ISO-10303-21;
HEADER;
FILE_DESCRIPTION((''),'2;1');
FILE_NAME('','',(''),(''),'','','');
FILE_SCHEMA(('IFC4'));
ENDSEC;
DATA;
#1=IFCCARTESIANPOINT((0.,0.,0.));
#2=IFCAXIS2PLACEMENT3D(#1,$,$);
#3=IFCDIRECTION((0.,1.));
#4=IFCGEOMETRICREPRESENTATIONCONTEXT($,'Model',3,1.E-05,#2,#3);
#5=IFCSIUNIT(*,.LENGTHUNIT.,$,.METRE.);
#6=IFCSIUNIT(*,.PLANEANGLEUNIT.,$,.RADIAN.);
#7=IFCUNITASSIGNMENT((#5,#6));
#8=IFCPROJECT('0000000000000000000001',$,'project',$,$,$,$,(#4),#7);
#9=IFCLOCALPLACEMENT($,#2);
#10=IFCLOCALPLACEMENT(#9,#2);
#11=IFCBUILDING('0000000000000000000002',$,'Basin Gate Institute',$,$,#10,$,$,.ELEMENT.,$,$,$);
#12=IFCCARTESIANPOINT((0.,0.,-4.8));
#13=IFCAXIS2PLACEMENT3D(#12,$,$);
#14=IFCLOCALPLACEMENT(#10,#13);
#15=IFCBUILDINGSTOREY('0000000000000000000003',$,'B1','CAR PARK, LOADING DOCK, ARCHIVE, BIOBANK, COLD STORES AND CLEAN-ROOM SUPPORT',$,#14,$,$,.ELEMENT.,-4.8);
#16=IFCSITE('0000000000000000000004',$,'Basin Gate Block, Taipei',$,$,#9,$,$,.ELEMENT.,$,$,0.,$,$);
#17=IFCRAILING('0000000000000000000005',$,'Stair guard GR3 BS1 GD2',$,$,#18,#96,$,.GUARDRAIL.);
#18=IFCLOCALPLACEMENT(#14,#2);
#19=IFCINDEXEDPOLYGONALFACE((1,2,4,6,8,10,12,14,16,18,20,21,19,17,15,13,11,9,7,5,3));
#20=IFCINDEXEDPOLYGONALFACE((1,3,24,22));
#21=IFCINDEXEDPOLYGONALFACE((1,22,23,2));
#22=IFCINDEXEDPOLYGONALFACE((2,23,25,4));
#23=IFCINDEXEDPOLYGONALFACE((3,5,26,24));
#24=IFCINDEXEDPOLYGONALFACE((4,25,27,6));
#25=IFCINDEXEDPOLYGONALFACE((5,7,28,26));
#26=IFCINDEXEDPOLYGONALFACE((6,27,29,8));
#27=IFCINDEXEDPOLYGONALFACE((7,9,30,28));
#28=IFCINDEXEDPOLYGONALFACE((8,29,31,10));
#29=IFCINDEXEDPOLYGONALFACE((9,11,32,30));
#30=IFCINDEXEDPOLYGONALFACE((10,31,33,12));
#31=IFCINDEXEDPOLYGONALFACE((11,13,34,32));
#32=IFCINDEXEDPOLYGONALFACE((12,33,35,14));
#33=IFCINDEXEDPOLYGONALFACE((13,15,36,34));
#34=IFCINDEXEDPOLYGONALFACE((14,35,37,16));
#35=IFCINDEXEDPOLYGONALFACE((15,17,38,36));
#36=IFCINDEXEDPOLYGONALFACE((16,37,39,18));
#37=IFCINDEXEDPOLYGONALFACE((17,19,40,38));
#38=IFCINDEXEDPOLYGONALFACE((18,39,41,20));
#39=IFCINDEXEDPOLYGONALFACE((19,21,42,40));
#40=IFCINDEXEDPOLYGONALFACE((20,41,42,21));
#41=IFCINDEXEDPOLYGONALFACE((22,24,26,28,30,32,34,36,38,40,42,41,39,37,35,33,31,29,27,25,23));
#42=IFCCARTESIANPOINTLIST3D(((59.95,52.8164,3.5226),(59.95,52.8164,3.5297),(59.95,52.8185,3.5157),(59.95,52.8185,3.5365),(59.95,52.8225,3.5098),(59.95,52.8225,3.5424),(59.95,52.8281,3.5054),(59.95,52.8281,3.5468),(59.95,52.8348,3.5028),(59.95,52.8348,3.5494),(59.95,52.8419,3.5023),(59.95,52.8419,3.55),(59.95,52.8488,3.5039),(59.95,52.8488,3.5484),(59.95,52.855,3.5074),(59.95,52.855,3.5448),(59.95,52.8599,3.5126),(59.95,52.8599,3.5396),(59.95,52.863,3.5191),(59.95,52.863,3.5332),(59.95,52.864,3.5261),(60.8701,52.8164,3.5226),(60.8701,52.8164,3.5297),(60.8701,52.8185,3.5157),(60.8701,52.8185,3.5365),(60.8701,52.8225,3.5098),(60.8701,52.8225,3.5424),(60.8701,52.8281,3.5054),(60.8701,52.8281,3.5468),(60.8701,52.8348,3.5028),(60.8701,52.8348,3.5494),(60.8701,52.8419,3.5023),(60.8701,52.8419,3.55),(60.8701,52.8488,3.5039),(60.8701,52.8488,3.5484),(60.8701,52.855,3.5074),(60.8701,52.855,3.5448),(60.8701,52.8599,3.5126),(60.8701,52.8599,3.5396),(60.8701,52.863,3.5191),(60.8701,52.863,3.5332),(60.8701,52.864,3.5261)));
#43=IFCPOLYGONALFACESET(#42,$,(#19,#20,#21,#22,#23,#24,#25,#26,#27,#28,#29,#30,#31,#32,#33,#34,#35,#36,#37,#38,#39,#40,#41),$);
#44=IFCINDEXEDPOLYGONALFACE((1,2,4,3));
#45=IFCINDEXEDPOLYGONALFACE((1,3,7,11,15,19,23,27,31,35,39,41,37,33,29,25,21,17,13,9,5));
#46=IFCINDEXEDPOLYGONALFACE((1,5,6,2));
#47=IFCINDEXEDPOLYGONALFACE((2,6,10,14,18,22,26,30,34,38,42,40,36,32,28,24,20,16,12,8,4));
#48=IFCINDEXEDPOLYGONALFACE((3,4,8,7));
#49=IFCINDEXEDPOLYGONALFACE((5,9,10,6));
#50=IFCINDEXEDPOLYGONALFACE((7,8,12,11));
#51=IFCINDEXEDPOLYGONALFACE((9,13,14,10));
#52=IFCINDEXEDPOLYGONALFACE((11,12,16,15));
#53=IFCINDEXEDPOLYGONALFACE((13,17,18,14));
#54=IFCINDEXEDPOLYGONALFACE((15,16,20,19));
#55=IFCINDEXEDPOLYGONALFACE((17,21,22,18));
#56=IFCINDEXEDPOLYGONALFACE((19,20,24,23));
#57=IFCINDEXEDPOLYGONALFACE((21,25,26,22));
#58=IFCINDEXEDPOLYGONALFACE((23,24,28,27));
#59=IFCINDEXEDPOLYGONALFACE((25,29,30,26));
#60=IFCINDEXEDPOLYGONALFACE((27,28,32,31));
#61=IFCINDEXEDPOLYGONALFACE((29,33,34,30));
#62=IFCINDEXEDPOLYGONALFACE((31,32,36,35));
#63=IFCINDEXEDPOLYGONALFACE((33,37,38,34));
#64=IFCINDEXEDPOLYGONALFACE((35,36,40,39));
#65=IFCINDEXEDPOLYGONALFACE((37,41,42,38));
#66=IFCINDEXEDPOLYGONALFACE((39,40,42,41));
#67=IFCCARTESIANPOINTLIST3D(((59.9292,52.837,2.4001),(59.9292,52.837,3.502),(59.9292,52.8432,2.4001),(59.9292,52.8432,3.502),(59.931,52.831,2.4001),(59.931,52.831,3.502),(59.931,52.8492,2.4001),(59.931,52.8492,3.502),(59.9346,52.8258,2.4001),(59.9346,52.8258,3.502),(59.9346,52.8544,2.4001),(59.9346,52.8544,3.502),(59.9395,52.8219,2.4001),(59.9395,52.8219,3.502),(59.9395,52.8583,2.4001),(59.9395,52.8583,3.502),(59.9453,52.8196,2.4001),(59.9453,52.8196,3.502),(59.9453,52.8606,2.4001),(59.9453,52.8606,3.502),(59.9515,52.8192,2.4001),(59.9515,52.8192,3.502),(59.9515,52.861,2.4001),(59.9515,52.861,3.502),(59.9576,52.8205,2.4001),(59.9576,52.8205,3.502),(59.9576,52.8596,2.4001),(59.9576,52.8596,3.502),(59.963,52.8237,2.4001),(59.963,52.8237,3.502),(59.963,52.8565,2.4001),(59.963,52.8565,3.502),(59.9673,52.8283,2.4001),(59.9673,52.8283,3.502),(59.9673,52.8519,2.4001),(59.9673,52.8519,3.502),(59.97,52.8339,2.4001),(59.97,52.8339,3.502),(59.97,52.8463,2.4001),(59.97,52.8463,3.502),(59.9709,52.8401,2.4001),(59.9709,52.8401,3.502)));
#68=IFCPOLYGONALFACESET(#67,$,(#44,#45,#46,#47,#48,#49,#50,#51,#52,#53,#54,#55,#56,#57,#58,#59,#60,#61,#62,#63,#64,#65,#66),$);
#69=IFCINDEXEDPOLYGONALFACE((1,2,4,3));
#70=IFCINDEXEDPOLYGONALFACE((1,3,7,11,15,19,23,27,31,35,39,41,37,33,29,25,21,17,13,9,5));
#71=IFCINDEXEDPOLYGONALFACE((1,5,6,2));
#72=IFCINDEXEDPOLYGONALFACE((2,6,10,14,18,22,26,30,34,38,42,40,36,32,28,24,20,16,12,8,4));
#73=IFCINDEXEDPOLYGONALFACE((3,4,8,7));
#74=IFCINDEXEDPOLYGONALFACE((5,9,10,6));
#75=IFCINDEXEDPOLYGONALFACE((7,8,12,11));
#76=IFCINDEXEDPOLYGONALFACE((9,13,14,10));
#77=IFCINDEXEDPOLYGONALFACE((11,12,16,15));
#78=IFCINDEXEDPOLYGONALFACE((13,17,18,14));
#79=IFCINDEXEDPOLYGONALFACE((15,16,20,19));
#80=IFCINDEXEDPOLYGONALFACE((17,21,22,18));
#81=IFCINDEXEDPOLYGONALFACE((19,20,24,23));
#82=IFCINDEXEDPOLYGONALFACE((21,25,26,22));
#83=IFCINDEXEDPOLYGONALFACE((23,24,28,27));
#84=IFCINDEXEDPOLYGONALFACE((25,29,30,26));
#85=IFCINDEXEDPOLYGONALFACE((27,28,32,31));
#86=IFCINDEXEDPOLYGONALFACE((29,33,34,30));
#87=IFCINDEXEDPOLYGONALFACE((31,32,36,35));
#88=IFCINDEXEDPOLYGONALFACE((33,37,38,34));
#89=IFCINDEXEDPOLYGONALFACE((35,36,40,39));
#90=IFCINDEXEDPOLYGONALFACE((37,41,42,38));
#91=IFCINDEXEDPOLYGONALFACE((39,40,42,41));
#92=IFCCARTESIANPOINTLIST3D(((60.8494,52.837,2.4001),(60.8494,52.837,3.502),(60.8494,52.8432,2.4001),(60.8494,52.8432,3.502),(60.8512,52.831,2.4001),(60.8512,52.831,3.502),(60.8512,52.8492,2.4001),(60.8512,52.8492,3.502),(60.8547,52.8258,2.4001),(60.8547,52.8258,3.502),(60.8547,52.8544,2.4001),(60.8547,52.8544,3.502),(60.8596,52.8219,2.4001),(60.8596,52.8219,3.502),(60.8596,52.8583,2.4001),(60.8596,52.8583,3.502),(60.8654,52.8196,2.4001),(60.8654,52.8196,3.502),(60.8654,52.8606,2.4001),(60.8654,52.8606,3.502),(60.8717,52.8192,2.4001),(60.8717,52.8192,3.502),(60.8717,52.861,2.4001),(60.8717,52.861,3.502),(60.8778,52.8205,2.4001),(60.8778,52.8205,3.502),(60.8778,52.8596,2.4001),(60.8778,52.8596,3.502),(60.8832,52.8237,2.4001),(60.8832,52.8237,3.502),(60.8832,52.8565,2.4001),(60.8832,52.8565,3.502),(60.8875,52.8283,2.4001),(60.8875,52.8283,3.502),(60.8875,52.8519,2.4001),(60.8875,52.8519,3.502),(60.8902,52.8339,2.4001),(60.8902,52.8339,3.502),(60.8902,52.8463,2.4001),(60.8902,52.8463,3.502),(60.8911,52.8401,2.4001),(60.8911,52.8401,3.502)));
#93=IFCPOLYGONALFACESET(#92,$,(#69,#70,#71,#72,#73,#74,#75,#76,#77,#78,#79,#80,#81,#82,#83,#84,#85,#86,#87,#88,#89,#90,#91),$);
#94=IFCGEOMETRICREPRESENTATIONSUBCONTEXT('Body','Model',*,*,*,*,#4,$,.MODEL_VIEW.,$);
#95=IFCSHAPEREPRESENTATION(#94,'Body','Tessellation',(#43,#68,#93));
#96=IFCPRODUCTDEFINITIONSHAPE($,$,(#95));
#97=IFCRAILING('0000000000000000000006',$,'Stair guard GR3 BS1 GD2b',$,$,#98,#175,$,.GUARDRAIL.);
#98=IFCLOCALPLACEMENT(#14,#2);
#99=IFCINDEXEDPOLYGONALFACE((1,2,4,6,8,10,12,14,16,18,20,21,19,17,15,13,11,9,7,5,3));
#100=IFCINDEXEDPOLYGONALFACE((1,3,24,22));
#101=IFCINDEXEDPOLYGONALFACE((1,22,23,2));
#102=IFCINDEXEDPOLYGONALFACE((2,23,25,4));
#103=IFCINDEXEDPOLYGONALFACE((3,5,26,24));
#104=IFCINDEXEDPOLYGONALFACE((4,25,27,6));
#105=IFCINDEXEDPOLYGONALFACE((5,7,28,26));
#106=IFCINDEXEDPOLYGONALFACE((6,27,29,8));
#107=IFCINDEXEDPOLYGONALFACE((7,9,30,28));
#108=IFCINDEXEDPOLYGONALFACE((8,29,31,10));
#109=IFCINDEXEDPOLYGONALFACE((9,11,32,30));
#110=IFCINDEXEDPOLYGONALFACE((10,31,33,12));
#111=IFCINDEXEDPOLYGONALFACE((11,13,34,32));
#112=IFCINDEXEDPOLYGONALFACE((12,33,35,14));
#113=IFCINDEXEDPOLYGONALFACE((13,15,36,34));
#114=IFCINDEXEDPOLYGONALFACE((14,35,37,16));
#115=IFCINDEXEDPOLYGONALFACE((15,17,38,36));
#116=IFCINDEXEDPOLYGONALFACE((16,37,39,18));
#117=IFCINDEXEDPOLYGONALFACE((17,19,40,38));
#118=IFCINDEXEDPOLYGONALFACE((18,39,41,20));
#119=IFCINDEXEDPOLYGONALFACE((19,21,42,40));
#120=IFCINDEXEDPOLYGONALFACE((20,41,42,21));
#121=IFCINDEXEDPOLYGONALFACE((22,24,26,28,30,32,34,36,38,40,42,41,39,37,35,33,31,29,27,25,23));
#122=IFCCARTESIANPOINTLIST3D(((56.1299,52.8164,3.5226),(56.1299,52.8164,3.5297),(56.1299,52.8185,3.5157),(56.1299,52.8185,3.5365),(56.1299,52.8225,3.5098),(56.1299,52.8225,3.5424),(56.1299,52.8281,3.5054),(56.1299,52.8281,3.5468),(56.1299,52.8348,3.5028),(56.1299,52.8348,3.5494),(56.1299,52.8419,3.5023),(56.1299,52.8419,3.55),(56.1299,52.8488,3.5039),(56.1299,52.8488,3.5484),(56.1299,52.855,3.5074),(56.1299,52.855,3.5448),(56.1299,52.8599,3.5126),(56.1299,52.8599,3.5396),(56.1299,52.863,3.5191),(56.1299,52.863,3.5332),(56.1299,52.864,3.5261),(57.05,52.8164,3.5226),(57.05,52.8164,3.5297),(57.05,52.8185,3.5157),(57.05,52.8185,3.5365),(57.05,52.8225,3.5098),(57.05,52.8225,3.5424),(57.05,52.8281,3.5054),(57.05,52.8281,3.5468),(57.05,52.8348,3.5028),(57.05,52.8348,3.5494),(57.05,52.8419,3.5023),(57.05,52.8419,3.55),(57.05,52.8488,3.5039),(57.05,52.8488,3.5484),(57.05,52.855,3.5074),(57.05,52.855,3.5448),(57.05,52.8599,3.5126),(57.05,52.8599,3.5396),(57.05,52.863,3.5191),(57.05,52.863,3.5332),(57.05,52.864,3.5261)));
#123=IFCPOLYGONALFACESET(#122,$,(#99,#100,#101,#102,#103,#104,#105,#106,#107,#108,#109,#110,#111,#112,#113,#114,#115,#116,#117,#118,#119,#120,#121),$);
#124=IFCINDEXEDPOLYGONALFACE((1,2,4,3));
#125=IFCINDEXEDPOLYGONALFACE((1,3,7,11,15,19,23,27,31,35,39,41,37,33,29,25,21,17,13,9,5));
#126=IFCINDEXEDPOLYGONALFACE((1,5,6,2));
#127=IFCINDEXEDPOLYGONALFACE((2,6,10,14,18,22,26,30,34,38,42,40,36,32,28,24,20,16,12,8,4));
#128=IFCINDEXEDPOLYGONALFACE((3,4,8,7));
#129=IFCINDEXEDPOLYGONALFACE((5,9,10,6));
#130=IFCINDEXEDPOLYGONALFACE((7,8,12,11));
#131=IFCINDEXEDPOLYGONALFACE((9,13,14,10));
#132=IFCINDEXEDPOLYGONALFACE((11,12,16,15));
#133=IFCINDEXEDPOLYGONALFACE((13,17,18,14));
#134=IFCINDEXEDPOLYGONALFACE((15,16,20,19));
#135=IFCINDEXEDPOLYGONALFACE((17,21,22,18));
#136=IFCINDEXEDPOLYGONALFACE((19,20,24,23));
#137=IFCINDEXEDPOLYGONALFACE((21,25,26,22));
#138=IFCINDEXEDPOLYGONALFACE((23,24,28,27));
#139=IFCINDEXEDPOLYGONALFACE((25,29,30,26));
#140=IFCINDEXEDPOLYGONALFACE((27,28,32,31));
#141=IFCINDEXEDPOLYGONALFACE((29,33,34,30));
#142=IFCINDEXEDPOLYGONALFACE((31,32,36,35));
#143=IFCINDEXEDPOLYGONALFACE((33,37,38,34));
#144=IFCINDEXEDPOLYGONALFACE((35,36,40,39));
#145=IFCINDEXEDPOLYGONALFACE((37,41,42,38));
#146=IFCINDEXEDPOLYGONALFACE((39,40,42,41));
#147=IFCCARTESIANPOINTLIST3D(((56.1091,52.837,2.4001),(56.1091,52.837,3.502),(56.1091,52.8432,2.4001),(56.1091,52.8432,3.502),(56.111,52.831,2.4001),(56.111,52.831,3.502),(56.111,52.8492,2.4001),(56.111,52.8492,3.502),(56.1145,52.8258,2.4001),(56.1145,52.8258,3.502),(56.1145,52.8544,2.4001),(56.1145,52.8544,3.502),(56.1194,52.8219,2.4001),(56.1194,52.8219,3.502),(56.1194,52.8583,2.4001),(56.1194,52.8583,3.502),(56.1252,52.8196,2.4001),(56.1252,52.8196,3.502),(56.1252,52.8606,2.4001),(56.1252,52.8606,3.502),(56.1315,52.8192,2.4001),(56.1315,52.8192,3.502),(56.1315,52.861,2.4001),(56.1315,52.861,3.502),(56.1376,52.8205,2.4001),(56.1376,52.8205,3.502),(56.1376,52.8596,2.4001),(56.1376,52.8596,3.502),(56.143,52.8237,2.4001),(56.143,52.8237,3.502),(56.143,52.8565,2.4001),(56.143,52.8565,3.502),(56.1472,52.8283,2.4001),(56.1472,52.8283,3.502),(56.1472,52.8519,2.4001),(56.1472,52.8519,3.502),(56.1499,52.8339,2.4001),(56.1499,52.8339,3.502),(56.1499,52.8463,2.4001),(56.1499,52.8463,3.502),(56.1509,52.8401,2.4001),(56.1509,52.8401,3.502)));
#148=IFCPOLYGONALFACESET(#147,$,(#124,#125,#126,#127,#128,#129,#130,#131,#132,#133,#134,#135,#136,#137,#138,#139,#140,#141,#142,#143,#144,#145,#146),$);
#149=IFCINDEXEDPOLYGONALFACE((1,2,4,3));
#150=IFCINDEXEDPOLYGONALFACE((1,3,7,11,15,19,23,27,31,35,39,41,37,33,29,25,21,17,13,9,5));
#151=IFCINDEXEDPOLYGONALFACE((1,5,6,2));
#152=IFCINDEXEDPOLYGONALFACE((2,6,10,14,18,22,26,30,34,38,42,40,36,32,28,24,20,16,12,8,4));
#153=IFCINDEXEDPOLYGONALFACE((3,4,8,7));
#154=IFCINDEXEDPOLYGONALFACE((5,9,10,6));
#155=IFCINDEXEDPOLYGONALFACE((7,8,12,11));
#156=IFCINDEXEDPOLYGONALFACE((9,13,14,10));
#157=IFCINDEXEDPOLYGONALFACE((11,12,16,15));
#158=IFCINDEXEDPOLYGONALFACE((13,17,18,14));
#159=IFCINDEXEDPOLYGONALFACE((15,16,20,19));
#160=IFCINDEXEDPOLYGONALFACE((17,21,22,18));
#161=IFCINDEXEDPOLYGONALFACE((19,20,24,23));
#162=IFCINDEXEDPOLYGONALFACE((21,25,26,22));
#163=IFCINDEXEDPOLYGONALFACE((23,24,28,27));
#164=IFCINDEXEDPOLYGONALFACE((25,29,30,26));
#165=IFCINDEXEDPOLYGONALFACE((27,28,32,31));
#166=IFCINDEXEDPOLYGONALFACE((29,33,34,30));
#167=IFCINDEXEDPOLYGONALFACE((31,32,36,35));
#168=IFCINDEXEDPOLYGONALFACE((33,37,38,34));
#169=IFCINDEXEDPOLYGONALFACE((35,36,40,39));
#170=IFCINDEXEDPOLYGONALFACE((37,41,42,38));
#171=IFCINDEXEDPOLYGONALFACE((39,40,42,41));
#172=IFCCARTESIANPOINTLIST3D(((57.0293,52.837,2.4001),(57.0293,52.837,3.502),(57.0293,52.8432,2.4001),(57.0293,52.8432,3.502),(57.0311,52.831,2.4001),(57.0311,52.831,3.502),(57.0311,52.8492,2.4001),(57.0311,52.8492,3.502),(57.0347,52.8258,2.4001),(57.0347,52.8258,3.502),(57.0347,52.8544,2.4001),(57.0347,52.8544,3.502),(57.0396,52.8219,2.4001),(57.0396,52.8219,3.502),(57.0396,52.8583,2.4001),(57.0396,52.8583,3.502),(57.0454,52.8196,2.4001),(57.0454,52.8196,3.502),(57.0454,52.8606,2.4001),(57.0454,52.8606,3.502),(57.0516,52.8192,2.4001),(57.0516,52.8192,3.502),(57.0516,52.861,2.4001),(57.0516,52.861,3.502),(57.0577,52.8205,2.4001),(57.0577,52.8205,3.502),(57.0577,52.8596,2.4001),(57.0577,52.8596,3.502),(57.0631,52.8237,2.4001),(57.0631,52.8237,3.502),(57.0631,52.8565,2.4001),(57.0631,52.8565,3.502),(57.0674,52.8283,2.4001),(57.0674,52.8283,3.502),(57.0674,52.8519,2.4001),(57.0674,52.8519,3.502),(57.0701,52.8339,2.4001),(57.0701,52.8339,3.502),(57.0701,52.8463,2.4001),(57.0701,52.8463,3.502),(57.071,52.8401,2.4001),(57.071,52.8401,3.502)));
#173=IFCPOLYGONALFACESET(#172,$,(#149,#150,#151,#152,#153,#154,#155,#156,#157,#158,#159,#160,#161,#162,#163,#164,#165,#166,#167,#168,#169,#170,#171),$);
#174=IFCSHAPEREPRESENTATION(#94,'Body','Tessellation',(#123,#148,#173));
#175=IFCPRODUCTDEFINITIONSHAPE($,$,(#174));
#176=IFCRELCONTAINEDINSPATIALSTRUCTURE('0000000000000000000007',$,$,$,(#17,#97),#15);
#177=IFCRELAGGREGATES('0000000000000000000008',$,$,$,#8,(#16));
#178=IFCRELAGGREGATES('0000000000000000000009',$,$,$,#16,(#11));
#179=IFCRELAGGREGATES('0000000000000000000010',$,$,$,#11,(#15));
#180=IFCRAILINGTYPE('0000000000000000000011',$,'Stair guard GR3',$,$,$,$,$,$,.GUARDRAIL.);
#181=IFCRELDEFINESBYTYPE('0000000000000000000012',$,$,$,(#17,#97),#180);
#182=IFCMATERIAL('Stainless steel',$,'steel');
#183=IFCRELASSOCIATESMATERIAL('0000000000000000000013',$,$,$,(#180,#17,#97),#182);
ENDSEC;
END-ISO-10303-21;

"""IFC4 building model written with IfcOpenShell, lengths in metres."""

from ifc_helpers import new_model, si_unit, direction, frame, origin, origin_2d, place, context, subcontext, project, spatial, circle, extrude, material, type_object, element, save


model = new_model("IFC4")

# Units and contexts
model_context = context("Model", 3, precision=1e-05, world=origin(), true_north=direction((0.0, 1.0)))
body_context = subcontext(model_context, "Body", "Model", "MODEL_VIEW")
ifc_project = project(units=[si_unit("LENGTHUNIT", "METRE"), si_unit("PLANEANGLEUNIT", "RADIAN")], contexts=[model_context])

# Site, building, storey
site_placement = place(None, origin())
site = spatial("IfcSite", under=ifc_project, at=site_placement, Name="Basin Gate Block, Taipei", CompositionType="ELEMENT", RefElevation=0.0)
building_placement = place(site_placement, origin())
building = spatial("IfcBuilding", under=site, at=building_placement, Name="Basin Gate Institute", CompositionType="ELEMENT")
storey_placement = place(building_placement, frame((0.0, 0.0, -4.8)))
storey = spatial("IfcBuildingStorey", under=building, at=storey_placement, Name="B1", Description="CAR PARK, LOADING DOCK, ARCHIVE, BIOBANK, COLD STORES AND CLEAN-ROOM SUPPORT", CompositionType="ELEMENT", Elevation=-4.8)

# Railings
ifc_material_1 = material(Name="Stainless steel", Category="steel")
railing_type_1 = type_object("IfcRailingType", Name="Stair guard GR3", PredefinedType="GUARDRAIL", material=ifc_material_1)
for number, where, name in (
    (1, (59.95, 52.8401, 2.4001), "Stair guard GR3 BS1 GD2"),
    (2, (56.1299, 52.8401, 2.4001), "Stair guard GR3 BS1 GD2b"),
):
    element("IfcRailing", number, at=place(storey_placement, frame(where)), inside=storey, type_object=railing_type_1, material=ifc_material_1, Name=name, PredefinedType="GUARDRAIL", context=body_context, shape_type="SweptSolid", body=[
        extrude(circle(Radius=0.0239, at=origin_2d()), frame((0.0, 0.0, 1.126), z_axis=(1.0, 0.0, 0.0), x_axis=(0.0, 1.0, 0.0)), (0.0, 0.0, 1.0), 0.9202),
        extrude(circle(Radius=0.021, at=origin_2d()), origin(), (0.0, 0.0, 1.0), 1.1018),
        extrude(circle(Radius=0.021, at=origin_2d()), frame((0.9202, 0.0, 0.0)), (0.0, 0.0, 1.0), 1.1018),
    ])

save(model, "model.ifc")
